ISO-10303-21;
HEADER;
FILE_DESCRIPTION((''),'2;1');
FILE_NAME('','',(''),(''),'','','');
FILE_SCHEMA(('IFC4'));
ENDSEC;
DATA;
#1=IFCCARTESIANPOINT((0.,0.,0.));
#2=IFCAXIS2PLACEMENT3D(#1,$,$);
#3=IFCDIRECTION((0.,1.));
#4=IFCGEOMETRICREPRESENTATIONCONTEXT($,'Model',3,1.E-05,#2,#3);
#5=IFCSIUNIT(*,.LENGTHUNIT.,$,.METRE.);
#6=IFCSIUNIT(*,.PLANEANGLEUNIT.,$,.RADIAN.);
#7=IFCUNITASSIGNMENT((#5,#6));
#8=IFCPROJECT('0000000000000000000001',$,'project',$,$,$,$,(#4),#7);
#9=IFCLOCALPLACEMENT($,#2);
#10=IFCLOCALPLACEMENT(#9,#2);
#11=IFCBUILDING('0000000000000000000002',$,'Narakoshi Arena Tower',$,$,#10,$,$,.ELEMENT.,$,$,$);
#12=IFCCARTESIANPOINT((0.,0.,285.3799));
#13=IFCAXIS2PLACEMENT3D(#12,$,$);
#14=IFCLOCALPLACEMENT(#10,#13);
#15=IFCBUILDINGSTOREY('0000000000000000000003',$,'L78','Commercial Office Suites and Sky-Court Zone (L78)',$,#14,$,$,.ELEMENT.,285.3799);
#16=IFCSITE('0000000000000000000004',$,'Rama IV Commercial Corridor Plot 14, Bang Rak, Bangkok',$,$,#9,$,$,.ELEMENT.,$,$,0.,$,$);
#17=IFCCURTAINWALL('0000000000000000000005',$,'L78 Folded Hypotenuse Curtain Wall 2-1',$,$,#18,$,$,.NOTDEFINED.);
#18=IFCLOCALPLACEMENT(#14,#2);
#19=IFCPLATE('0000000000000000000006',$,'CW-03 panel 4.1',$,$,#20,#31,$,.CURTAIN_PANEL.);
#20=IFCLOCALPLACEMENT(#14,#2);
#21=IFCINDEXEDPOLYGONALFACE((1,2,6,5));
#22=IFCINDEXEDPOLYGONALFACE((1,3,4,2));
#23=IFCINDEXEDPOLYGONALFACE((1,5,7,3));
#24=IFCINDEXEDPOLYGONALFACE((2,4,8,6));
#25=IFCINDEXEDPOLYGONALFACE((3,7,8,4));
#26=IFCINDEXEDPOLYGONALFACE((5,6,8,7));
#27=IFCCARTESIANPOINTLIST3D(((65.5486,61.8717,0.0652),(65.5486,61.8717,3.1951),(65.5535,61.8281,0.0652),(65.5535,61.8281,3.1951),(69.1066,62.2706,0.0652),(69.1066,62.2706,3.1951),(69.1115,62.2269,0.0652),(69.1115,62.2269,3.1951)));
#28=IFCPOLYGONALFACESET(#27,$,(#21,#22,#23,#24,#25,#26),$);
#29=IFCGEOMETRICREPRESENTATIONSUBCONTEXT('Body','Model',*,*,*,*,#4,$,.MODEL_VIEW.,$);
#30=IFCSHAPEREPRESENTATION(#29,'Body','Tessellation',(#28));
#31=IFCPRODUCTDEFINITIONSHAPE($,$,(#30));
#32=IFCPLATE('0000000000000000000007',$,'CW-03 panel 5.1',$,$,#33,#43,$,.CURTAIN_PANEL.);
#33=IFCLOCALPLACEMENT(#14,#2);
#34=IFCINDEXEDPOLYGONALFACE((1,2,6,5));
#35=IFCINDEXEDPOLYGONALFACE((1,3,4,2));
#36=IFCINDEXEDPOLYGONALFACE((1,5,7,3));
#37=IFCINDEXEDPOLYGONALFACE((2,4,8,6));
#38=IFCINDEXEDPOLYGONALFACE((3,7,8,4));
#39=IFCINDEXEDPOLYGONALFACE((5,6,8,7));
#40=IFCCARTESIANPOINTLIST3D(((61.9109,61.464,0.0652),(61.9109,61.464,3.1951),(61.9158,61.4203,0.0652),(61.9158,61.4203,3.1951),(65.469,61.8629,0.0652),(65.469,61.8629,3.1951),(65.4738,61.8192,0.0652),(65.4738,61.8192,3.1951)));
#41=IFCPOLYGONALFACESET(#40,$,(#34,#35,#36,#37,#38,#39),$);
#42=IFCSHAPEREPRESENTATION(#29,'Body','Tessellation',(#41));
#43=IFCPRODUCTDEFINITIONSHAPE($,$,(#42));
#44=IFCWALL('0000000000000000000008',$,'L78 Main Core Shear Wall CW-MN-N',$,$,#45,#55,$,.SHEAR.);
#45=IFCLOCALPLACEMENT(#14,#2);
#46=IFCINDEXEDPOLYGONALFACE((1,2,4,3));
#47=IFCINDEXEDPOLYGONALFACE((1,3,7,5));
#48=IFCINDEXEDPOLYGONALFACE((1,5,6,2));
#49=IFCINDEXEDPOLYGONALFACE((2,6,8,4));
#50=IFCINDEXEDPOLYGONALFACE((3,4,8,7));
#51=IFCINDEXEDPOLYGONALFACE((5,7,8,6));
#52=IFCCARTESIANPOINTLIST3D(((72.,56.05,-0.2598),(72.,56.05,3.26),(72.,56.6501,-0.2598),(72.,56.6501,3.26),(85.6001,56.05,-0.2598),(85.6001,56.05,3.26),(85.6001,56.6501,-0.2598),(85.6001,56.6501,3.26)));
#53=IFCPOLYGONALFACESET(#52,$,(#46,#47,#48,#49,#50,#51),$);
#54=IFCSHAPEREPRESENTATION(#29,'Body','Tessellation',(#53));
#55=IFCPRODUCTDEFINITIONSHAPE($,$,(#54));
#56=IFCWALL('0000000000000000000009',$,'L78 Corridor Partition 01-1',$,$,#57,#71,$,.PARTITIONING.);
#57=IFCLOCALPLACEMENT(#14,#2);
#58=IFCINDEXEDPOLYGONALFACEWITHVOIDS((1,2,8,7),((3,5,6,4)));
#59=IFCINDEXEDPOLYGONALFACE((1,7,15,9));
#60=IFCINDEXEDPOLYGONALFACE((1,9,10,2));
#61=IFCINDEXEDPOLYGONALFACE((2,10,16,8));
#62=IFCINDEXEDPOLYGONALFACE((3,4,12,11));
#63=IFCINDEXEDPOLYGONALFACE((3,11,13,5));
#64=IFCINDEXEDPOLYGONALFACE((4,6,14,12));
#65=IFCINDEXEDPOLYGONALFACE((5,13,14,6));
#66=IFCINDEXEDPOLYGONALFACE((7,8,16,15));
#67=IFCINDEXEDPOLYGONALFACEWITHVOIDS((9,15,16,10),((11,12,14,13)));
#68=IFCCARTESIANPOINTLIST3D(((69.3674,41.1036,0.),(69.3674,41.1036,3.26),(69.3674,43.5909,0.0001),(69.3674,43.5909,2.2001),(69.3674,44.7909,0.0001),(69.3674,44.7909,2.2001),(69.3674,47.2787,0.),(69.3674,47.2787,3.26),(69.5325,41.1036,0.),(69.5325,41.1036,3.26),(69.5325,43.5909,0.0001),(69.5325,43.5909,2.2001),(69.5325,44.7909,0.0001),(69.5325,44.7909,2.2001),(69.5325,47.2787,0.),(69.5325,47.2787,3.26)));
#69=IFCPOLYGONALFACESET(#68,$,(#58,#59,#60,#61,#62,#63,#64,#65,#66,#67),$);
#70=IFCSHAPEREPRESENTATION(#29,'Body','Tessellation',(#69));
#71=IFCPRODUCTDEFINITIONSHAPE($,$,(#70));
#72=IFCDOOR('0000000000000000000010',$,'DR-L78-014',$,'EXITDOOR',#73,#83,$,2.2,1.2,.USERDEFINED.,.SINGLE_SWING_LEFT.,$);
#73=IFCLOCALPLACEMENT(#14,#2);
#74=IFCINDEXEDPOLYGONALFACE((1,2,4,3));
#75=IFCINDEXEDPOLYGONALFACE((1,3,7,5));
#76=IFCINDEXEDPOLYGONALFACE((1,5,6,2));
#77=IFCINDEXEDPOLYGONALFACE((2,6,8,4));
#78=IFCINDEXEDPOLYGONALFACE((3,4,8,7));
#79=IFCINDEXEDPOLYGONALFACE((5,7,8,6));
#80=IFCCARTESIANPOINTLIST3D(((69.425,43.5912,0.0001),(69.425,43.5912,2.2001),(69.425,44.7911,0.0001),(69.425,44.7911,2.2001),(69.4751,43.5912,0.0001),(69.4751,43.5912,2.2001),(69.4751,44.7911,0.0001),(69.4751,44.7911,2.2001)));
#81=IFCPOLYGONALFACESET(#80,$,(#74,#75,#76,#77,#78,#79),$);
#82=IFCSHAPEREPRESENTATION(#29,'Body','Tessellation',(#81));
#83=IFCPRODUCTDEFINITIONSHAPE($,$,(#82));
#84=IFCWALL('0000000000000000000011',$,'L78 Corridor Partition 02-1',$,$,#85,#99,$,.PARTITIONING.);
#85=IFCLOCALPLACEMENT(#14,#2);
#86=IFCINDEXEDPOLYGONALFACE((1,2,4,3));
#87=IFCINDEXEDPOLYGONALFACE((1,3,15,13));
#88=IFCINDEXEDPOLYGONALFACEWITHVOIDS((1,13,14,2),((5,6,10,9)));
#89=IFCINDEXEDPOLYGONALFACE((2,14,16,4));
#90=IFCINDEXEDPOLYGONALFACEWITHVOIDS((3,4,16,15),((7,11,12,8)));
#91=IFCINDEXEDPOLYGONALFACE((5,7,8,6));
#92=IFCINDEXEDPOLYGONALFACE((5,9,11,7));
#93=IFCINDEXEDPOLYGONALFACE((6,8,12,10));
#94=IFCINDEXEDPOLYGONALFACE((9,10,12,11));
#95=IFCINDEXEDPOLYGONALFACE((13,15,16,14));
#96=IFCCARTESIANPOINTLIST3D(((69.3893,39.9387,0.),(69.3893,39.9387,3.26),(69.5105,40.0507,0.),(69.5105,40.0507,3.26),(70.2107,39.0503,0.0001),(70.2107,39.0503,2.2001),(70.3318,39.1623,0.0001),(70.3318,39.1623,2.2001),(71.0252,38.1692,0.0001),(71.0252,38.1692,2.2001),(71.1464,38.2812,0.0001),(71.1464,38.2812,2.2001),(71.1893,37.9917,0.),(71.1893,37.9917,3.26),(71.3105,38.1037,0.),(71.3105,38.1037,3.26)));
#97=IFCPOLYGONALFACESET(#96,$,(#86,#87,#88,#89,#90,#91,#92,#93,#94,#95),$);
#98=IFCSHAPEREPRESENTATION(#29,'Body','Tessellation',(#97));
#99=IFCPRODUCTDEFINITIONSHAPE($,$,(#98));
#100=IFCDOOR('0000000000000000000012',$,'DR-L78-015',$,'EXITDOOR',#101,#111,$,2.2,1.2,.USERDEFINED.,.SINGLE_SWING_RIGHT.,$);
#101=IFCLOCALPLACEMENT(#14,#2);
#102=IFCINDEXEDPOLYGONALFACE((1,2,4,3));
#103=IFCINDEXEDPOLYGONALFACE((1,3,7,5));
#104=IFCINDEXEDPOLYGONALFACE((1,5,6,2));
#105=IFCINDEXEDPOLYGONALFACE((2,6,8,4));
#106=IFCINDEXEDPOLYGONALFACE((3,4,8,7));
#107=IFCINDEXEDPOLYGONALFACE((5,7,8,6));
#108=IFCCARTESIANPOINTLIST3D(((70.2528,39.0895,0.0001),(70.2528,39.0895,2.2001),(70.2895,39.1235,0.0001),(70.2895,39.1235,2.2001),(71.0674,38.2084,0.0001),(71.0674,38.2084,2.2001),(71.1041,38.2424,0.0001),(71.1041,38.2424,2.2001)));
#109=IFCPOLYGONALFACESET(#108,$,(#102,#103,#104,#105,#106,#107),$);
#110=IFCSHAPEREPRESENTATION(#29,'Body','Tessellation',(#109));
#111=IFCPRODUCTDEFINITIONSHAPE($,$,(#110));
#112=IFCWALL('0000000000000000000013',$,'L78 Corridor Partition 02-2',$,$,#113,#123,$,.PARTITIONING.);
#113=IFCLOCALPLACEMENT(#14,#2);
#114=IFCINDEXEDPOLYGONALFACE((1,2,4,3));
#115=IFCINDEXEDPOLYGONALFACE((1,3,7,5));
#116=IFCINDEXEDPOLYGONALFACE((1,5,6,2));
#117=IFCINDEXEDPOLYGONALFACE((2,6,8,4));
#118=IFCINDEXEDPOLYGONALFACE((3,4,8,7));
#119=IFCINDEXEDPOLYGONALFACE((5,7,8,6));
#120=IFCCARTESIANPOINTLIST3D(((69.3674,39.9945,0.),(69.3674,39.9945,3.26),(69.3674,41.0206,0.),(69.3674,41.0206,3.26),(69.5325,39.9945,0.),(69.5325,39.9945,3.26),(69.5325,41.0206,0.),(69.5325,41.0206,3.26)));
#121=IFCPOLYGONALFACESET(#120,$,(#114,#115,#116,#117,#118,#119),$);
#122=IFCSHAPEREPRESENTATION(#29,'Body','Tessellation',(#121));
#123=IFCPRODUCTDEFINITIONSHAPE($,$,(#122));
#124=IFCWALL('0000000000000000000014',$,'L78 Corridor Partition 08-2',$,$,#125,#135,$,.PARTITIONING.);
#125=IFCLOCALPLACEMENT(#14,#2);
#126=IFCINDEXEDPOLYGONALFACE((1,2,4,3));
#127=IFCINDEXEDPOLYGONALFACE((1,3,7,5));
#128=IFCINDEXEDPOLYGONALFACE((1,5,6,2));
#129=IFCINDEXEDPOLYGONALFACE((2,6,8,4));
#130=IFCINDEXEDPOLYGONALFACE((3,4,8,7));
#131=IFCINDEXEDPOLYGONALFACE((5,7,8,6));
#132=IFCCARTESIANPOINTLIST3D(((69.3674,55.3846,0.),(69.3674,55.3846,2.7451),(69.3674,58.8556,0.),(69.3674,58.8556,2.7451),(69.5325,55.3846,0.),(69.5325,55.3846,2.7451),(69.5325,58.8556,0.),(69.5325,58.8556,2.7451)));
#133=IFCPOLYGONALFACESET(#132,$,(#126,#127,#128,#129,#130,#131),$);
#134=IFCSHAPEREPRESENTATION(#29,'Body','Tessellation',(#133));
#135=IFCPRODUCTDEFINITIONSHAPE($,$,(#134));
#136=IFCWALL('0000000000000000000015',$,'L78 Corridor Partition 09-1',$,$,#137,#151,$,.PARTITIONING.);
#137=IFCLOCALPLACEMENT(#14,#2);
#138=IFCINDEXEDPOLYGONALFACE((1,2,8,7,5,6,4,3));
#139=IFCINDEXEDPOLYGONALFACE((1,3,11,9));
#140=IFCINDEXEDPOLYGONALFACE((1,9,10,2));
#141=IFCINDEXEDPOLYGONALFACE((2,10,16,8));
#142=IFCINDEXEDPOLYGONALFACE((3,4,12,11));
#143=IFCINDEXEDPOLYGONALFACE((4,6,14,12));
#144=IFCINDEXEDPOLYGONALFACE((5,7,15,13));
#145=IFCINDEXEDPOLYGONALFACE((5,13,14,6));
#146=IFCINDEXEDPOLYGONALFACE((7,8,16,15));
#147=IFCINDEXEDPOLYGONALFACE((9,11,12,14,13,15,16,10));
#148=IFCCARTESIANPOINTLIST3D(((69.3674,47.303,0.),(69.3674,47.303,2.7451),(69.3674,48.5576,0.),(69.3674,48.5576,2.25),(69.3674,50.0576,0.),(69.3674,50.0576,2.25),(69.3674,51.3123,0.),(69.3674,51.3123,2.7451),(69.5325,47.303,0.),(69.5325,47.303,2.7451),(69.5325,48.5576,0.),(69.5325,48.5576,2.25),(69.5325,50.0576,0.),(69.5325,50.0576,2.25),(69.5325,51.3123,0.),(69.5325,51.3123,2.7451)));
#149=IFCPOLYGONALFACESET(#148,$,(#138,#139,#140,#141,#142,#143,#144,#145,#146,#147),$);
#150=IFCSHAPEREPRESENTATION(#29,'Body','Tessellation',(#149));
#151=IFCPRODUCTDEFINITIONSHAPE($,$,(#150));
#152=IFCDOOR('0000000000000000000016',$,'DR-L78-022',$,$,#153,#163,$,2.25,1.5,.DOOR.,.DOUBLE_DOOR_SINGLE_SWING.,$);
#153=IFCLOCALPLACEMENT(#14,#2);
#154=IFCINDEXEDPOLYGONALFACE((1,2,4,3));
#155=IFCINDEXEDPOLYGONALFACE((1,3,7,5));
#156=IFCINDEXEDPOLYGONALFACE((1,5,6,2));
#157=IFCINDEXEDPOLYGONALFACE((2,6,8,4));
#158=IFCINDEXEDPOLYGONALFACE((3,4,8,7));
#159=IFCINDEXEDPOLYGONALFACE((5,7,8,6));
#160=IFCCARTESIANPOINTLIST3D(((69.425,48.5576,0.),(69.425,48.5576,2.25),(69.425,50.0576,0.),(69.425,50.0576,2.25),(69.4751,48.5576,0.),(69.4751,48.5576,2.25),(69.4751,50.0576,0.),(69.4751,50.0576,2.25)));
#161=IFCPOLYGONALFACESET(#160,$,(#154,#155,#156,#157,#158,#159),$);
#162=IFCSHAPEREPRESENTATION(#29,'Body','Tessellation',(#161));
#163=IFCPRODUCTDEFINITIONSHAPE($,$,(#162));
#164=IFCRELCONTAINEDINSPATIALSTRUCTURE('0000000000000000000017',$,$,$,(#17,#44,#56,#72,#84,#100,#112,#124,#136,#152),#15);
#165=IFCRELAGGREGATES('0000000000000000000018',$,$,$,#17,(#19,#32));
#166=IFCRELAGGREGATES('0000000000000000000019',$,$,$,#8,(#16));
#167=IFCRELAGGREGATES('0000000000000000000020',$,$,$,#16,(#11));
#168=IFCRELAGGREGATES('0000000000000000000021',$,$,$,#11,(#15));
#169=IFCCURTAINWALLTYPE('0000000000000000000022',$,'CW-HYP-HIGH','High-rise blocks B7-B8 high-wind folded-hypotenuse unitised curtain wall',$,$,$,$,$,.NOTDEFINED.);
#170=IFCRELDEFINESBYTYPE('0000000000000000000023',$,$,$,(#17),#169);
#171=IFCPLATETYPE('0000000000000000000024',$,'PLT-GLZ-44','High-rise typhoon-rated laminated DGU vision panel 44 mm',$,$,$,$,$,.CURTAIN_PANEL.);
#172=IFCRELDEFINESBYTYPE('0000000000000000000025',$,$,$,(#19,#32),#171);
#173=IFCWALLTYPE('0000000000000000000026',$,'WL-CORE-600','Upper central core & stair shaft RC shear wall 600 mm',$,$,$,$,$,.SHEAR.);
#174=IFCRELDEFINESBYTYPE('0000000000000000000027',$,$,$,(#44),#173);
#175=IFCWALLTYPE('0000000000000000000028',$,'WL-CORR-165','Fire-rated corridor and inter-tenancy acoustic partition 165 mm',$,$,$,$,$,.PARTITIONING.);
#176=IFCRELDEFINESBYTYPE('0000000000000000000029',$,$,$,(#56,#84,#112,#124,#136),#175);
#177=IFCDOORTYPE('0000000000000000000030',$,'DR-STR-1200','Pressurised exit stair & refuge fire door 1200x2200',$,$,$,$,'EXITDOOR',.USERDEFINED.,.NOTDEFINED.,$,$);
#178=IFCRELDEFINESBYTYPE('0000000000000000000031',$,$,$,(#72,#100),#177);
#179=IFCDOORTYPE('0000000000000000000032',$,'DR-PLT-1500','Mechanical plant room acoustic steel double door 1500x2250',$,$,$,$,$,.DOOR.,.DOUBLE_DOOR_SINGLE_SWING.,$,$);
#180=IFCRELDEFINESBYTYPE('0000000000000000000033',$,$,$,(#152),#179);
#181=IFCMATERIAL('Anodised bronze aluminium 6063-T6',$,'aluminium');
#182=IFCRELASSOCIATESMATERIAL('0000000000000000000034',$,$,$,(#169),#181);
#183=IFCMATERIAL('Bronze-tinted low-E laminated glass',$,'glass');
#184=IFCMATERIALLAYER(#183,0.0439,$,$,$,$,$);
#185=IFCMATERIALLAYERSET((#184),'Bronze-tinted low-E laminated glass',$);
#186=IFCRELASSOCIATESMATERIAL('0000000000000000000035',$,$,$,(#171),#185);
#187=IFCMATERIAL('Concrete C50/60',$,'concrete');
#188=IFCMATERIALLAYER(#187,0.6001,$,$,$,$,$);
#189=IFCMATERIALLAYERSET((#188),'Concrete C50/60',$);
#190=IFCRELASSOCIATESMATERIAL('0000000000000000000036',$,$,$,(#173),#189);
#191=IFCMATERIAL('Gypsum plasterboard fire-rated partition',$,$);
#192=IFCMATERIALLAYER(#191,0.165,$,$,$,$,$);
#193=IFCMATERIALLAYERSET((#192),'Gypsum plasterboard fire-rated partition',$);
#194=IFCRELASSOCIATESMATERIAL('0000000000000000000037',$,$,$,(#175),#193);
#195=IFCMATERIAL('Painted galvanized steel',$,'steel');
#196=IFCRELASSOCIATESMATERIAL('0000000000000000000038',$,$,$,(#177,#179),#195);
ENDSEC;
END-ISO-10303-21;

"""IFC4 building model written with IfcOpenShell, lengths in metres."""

from ifc_helpers import new_model, si_unit, direction, frame, frame_2d, origin, origin_2d, place, context, subcontext, project, spatial, rectangle, extrude, material, layer, layer_set, type_object, element, fill, aggregate, save


model = new_model("IFC4")

# Units and contexts
model_context = context("Model", 3, precision=1e-05, world=origin(), true_north=direction((0.0, 1.0)))
body_context = subcontext(model_context, "Body", "Model", "MODEL_VIEW")
ifc_project = project(units=[si_unit("LENGTHUNIT", "METRE"), si_unit("PLANEANGLEUNIT", "RADIAN")], contexts=[model_context])

# Site, building, storey
site_placement = place(None, origin())
site = spatial("IfcSite", under=ifc_project, at=site_placement, Name="Rama IV Commercial Corridor Plot 14, Bang Rak, Bangkok", CompositionType="ELEMENT", RefElevation=0.0)
building_placement = place(site_placement, origin())
building = spatial("IfcBuilding", under=site, at=building_placement, Name="Narakoshi Arena Tower", CompositionType="ELEMENT")
storey_placement = place(building_placement, frame((0.0, 0.0, 285.3799)))
storey = spatial("IfcBuildingStorey", under=building, at=storey_placement, Name="L78", Description="Commercial Office Suites and Sky-Court Zone (L78)", CompositionType="ELEMENT", Elevation=285.3799)

# Shared definitions
ifc_material_1 = material(Name="Concrete C50/60", Category="concrete")

# Curtain wall, plates
ifc_material_2 = material(Name="Anodised bronze aluminium 6063-T6", Category="aluminium")
curtain_wall_type = type_object("IfcCurtainWallType", Name="CW-HYP-HIGH", Description="High-rise blocks B7-B8 high-wind folded-hypotenuse unitised curtain wall", PredefinedType="NOTDEFINED", material=ifc_material_2)
curtain_wall_placement = place(storey_placement, origin())
curtain_wall = element("IfcCurtainWall", 1, at=curtain_wall_placement, inside=storey, type_object=curtain_wall_type, Name="L78 Folded Hypotenuse Curtain Wall 2-1", PredefinedType="NOTDEFINED")
ifc_material_3 = material(Name="Bronze-tinted low-E laminated glass", Category="glass")
ifc_layer_1 = layer(ifc_material_3, 0.0439)
ifc_layer_set_1 = layer_set([ifc_layer_1], Name="Bronze-tinted low-E laminated glass")
plate_type = type_object("IfcPlateType", Name="PLT-GLZ-44", Description="High-rise typhoon-rated laminated DGU vision panel 44 mm", PredefinedType="CURTAIN_PANEL", material=ifc_layer_set_1)
plate_1_placement = place(storey_placement, frame((67.3301, 62.0493, 0.0652), z_axis=(0.0, 0.0, 1.0), x_axis=(-0.993776, -0.111396, 0.0)))
plate_1 = element("IfcPlate", 2, at=plate_1_placement, type_object=plate_type, Name="CW-03 panel 4.1", PredefinedType="CURTAIN_PANEL", context=body_context, shape_type="SweptSolid", body=[
    extrude(rectangle(XDim=3.5803, YDim=0.0439, at=origin_2d()), origin(), (0.0, 0.0, 1.0), 3.1299),
])
plate_2_placement = place(storey_placement, frame((63.6924, 61.6416, 0.0652), z_axis=(0.0, 0.0, 1.0), x_axis=(-0.993776, -0.111396, 0.0)))
plate_2 = element("IfcPlate", 3, at=plate_2_placement, type_object=plate_type, Name="CW-03 panel 5.1", PredefinedType="CURTAIN_PANEL", context=body_context, shape_type="SweptSolid", body=[
    extrude(rectangle(XDim=3.5803, YDim=0.0439, at=origin_2d()), origin(), (0.0, 0.0, 1.0), 3.1299),
])
aggregate(curtain_wall, [plate_1, plate_2])

# Wall
ifc_layer_2 = layer(ifc_material_1, 0.6001)
ifc_layer_set_2 = layer_set([ifc_layer_2], Name="Concrete C50/60")
wall_type_1 = type_object("IfcWallType", Name="WL-CORE-600", Description="Upper central core & stair shaft RC shear wall 600 mm", PredefinedType="SHEAR", material=ifc_layer_set_2)
wall_1_placement = place(storey_placement, frame((72.0, 56.3501, -0.2598), z_axis=(0.0, 0.0, 1.0), x_axis=(1.0, 0.0, 0.0)))
element("IfcWall", 4, at=wall_1_placement, inside=storey, type_object=wall_type_1, Name="L78 Main Core Shear Wall CW-MN-N", PredefinedType="SHEAR", context=body_context, shape_type="SweptSolid", body=[
    extrude(rectangle(XDim=13.6001, YDim=0.6001, at=frame_2d((6.8, 0.0))), origin(), (0.0, 0.0, 1.0), 3.5198),
])

# Walls, openings, doors
ifc_material_4 = material(Name="Gypsum plasterboard fire-rated partition")
ifc_layer_3 = layer(ifc_material_4, 0.165)
ifc_layer_set_3 = layer_set([ifc_layer_3], Name="Gypsum plasterboard fire-rated partition")
wall_type_2 = type_object("IfcWallType", Name="WL-CORR-165", Description="Fire-rated corridor and inter-tenancy acoustic partition 165 mm", PredefinedType="PARTITIONING", material=ifc_layer_set_3)
wall_2_placement = place(storey_placement, frame((69.45, 47.2786, 0.0), z_axis=(0.0, 0.0, 1.0), x_axis=(0.0, -1.0, 0.0)))
wall_2 = element("IfcWall", 5, at=wall_2_placement, inside=storey, type_object=wall_type_2, Name="L78 Corridor Partition 01-1", PredefinedType="PARTITIONING", context=body_context, shape_type="SweptSolid", body=[
    extrude(rectangle(XDim=6.175, YDim=0.165, at=frame_2d((3.0874, 0.0))), origin(), (0.0, 0.0, 1.0), 3.26),
])
opening_1_placement = place(wall_2_placement, frame((2.4875, 0.0, 0.0)))
opening_1 = element("IfcOpeningElement", 6, at=opening_1_placement, cuts=wall_2, PredefinedType="OPENING", context=body_context, shape_type="SweptSolid", body=[
    extrude(rectangle(XDim=1.2, YDim=2.2, at=frame_2d((0.6001, 1.1001))), frame((0.0, 0.0925, 0.0), z_axis=(0.0, -1.0, 0.0), x_axis=(1.0, 0.0, 0.0)), (0.0, 0.0, 1.0), 0.1851),
])
ifc_material_5 = material(Name="Painted galvanized steel", Category="steel")
door_type_1 = type_object("IfcDoorType", Name="DR-STR-1200", Description="Pressurised exit stair & refuge fire door 1200x2200", ElementType="EXITDOOR", OperationType="NOTDEFINED", PredefinedType="USERDEFINED", material=ifc_material_5)
door_1_placement = place(opening_1_placement, frame((1.2, 0.0, 0.0), z_axis=(0.0, 0.0, 1.0), x_axis=(-1.0, 0.0, 0.0)))
door_1 = element("IfcDoor", 7, at=door_1_placement, inside=storey, type_object=door_type_1, Name="DR-L78-014", ObjectType="EXITDOOR", OperationType="SINGLE_SWING_LEFT", OverallHeight=2.2, OverallWidth=1.2, PredefinedType="USERDEFINED", context=body_context, shape_type="SweptSolid", body=[
    extrude(rectangle(XDim=1.2, YDim=2.2, at=frame_2d((0.6001, 1.1001))), frame((0.0, 0.0249, 0.0), z_axis=(0.0, -1.0, 0.0), x_axis=(1.0, 0.0, 0.0)), (0.0, 0.0, 1.0), 0.05),
])
fill(opening_1, door_1)
wall_3_placement = place(storey_placement, frame((69.45, 39.9946, 0.0), z_axis=(0.0, 0.0, 1.0), x_axis=(0.67885, -0.734277, 0.0)))
wall_3 = element("IfcWall", 8, at=wall_3_placement, inside=storey, type_object=wall_type_2, Name="L78 Corridor Partition 02-1", PredefinedType="PARTITIONING", context=body_context, shape_type="SweptSolid", body=[
    extrude(rectangle(XDim=2.6516, YDim=0.165, at=frame_2d((1.3257, 0.0))), origin(), (0.0, 0.0, 1.0), 3.26),
])
opening_2_placement = place(wall_3_placement, frame((1.2097, 0.0, 0.0)))
opening_2 = element("IfcOpeningElement", 9, at=opening_2_placement, cuts=wall_3, PredefinedType="OPENING", context=body_context, shape_type="SweptSolid", body=[
    extrude(rectangle(XDim=1.2, YDim=2.2, at=frame_2d((0.6001, 1.1001))), frame((0.0, 0.0925, 0.0), z_axis=(0.0, -1.0, 0.0), x_axis=(1.0, 0.0, 0.0)), (0.0, 0.0, 1.0), 0.1851),
])
door_2_placement = place(opening_2_placement, frame((1.2, 0.0, 0.0), z_axis=(0.0, 0.0, 1.0), x_axis=(-1.0, 0.0, 0.0)))
door_2 = element("IfcDoor", 10, at=door_2_placement, inside=storey, type_object=door_type_1, Name="DR-L78-015", ObjectType="EXITDOOR", OperationType="SINGLE_SWING_RIGHT", OverallHeight=2.2, OverallWidth=1.2, PredefinedType="USERDEFINED", context=body_context, shape_type="SweptSolid", body=[
    extrude(rectangle(XDim=1.2, YDim=2.2, at=frame_2d((0.6001, 1.1001))), frame((0.0, 0.0249, 0.0), z_axis=(0.0, -1.0, 0.0), x_axis=(1.0, 0.0, 0.0)), (0.0, 0.0, 1.0), 0.05),
])
fill(opening_2, door_2)

# Walls
wall_4_placement = place(storey_placement, frame((69.45, 41.0208, 0.0), z_axis=(0.0, 0.0, 1.0), x_axis=(0.0, -1.0, 0.0)))
element("IfcWall", 11, at=wall_4_placement, inside=storey, type_object=wall_type_2, Name="L78 Corridor Partition 02-2", PredefinedType="PARTITIONING", context=body_context, shape_type="SweptSolid", body=[
    extrude(rectangle(XDim=1.0261, YDim=0.165, at=frame_2d((0.5132, 0.0))), origin(), (0.0, 0.0, 1.0), 3.26),
])
wall_5_placement = place(storey_placement, frame((69.45, 58.8555, 0.0), z_axis=(0.0, 0.0, 1.0), x_axis=(0.0, -1.0, 0.0)))
element("IfcWall", 12, at=wall_5_placement, inside=storey, type_object=wall_type_2, Name="L78 Corridor Partition 08-2", PredefinedType="PARTITIONING", context=body_context, shape_type="SweptSolid", body=[
    extrude(rectangle(XDim=3.4709, YDim=0.165, at=frame_2d((1.7354, 0.0))), origin(), (0.0, 0.0, 1.0), 2.7451),
])

# Wall, opening, door
wall_6_placement = place(storey_placement, frame((69.45, 51.3123, 0.0), z_axis=(0.0, 0.0, 1.0), x_axis=(0.0, -1.0, 0.0)))
wall_6 = element("IfcWall", 13, at=wall_6_placement, inside=storey, type_object=wall_type_2, Name="L78 Corridor Partition 09-1", PredefinedType="PARTITIONING", context=body_context, shape_type="SweptSolid", body=[
    extrude(rectangle(XDim=4.0093, YDim=0.165, at=frame_2d((2.0046, 0.0))), origin(), (0.0, 0.0, 1.0), 2.7451),
])
opening_3_placement = place(wall_6_placement, frame((1.2546, 0.0, 0.0)))
opening_3 = element("IfcOpeningElement", 14, at=opening_3_placement, cuts=wall_6, PredefinedType="OPENING", context=body_context, shape_type="SweptSolid", body=[
    extrude(rectangle(XDim=1.5, YDim=2.25, at=frame_2d((0.75, 1.125))), frame((0.0, 0.0925, 0.0), z_axis=(0.0, -1.0, 0.0), x_axis=(1.0, 0.0, 0.0)), (0.0, 0.0, 1.0), 0.1851),
])
door_type_2 = type_object("IfcDoorType", Name="DR-PLT-1500", Description="Mechanical plant room acoustic steel double door 1500x2250", OperationType="DOUBLE_DOOR_SINGLE_SWING", PredefinedType="DOOR", material=ifc_material_5)
door_3_placement = place(opening_3_placement, frame((1.5, 0.0, 0.0), z_axis=(0.0, 0.0, 1.0), x_axis=(-1.0, 0.0, 0.0)))
door_3 = element("IfcDoor", 15, at=door_3_placement, inside=storey, type_object=door_type_2, Name="DR-L78-022", OperationType="DOUBLE_DOOR_SINGLE_SWING", OverallHeight=2.25, OverallWidth=1.5, PredefinedType="DOOR", context=body_context, shape_type="SweptSolid", body=[
    extrude(rectangle(XDim=1.5, YDim=2.25, at=frame_2d((0.75, 1.125))), frame((0.0, 0.0249, 0.0), z_axis=(0.0, -1.0, 0.0), x_axis=(1.0, 0.0, 0.0)), (0.0, 0.0, 1.0), 0.05),
])
fill(opening_3, door_3)

save(model, "model.ifc")
